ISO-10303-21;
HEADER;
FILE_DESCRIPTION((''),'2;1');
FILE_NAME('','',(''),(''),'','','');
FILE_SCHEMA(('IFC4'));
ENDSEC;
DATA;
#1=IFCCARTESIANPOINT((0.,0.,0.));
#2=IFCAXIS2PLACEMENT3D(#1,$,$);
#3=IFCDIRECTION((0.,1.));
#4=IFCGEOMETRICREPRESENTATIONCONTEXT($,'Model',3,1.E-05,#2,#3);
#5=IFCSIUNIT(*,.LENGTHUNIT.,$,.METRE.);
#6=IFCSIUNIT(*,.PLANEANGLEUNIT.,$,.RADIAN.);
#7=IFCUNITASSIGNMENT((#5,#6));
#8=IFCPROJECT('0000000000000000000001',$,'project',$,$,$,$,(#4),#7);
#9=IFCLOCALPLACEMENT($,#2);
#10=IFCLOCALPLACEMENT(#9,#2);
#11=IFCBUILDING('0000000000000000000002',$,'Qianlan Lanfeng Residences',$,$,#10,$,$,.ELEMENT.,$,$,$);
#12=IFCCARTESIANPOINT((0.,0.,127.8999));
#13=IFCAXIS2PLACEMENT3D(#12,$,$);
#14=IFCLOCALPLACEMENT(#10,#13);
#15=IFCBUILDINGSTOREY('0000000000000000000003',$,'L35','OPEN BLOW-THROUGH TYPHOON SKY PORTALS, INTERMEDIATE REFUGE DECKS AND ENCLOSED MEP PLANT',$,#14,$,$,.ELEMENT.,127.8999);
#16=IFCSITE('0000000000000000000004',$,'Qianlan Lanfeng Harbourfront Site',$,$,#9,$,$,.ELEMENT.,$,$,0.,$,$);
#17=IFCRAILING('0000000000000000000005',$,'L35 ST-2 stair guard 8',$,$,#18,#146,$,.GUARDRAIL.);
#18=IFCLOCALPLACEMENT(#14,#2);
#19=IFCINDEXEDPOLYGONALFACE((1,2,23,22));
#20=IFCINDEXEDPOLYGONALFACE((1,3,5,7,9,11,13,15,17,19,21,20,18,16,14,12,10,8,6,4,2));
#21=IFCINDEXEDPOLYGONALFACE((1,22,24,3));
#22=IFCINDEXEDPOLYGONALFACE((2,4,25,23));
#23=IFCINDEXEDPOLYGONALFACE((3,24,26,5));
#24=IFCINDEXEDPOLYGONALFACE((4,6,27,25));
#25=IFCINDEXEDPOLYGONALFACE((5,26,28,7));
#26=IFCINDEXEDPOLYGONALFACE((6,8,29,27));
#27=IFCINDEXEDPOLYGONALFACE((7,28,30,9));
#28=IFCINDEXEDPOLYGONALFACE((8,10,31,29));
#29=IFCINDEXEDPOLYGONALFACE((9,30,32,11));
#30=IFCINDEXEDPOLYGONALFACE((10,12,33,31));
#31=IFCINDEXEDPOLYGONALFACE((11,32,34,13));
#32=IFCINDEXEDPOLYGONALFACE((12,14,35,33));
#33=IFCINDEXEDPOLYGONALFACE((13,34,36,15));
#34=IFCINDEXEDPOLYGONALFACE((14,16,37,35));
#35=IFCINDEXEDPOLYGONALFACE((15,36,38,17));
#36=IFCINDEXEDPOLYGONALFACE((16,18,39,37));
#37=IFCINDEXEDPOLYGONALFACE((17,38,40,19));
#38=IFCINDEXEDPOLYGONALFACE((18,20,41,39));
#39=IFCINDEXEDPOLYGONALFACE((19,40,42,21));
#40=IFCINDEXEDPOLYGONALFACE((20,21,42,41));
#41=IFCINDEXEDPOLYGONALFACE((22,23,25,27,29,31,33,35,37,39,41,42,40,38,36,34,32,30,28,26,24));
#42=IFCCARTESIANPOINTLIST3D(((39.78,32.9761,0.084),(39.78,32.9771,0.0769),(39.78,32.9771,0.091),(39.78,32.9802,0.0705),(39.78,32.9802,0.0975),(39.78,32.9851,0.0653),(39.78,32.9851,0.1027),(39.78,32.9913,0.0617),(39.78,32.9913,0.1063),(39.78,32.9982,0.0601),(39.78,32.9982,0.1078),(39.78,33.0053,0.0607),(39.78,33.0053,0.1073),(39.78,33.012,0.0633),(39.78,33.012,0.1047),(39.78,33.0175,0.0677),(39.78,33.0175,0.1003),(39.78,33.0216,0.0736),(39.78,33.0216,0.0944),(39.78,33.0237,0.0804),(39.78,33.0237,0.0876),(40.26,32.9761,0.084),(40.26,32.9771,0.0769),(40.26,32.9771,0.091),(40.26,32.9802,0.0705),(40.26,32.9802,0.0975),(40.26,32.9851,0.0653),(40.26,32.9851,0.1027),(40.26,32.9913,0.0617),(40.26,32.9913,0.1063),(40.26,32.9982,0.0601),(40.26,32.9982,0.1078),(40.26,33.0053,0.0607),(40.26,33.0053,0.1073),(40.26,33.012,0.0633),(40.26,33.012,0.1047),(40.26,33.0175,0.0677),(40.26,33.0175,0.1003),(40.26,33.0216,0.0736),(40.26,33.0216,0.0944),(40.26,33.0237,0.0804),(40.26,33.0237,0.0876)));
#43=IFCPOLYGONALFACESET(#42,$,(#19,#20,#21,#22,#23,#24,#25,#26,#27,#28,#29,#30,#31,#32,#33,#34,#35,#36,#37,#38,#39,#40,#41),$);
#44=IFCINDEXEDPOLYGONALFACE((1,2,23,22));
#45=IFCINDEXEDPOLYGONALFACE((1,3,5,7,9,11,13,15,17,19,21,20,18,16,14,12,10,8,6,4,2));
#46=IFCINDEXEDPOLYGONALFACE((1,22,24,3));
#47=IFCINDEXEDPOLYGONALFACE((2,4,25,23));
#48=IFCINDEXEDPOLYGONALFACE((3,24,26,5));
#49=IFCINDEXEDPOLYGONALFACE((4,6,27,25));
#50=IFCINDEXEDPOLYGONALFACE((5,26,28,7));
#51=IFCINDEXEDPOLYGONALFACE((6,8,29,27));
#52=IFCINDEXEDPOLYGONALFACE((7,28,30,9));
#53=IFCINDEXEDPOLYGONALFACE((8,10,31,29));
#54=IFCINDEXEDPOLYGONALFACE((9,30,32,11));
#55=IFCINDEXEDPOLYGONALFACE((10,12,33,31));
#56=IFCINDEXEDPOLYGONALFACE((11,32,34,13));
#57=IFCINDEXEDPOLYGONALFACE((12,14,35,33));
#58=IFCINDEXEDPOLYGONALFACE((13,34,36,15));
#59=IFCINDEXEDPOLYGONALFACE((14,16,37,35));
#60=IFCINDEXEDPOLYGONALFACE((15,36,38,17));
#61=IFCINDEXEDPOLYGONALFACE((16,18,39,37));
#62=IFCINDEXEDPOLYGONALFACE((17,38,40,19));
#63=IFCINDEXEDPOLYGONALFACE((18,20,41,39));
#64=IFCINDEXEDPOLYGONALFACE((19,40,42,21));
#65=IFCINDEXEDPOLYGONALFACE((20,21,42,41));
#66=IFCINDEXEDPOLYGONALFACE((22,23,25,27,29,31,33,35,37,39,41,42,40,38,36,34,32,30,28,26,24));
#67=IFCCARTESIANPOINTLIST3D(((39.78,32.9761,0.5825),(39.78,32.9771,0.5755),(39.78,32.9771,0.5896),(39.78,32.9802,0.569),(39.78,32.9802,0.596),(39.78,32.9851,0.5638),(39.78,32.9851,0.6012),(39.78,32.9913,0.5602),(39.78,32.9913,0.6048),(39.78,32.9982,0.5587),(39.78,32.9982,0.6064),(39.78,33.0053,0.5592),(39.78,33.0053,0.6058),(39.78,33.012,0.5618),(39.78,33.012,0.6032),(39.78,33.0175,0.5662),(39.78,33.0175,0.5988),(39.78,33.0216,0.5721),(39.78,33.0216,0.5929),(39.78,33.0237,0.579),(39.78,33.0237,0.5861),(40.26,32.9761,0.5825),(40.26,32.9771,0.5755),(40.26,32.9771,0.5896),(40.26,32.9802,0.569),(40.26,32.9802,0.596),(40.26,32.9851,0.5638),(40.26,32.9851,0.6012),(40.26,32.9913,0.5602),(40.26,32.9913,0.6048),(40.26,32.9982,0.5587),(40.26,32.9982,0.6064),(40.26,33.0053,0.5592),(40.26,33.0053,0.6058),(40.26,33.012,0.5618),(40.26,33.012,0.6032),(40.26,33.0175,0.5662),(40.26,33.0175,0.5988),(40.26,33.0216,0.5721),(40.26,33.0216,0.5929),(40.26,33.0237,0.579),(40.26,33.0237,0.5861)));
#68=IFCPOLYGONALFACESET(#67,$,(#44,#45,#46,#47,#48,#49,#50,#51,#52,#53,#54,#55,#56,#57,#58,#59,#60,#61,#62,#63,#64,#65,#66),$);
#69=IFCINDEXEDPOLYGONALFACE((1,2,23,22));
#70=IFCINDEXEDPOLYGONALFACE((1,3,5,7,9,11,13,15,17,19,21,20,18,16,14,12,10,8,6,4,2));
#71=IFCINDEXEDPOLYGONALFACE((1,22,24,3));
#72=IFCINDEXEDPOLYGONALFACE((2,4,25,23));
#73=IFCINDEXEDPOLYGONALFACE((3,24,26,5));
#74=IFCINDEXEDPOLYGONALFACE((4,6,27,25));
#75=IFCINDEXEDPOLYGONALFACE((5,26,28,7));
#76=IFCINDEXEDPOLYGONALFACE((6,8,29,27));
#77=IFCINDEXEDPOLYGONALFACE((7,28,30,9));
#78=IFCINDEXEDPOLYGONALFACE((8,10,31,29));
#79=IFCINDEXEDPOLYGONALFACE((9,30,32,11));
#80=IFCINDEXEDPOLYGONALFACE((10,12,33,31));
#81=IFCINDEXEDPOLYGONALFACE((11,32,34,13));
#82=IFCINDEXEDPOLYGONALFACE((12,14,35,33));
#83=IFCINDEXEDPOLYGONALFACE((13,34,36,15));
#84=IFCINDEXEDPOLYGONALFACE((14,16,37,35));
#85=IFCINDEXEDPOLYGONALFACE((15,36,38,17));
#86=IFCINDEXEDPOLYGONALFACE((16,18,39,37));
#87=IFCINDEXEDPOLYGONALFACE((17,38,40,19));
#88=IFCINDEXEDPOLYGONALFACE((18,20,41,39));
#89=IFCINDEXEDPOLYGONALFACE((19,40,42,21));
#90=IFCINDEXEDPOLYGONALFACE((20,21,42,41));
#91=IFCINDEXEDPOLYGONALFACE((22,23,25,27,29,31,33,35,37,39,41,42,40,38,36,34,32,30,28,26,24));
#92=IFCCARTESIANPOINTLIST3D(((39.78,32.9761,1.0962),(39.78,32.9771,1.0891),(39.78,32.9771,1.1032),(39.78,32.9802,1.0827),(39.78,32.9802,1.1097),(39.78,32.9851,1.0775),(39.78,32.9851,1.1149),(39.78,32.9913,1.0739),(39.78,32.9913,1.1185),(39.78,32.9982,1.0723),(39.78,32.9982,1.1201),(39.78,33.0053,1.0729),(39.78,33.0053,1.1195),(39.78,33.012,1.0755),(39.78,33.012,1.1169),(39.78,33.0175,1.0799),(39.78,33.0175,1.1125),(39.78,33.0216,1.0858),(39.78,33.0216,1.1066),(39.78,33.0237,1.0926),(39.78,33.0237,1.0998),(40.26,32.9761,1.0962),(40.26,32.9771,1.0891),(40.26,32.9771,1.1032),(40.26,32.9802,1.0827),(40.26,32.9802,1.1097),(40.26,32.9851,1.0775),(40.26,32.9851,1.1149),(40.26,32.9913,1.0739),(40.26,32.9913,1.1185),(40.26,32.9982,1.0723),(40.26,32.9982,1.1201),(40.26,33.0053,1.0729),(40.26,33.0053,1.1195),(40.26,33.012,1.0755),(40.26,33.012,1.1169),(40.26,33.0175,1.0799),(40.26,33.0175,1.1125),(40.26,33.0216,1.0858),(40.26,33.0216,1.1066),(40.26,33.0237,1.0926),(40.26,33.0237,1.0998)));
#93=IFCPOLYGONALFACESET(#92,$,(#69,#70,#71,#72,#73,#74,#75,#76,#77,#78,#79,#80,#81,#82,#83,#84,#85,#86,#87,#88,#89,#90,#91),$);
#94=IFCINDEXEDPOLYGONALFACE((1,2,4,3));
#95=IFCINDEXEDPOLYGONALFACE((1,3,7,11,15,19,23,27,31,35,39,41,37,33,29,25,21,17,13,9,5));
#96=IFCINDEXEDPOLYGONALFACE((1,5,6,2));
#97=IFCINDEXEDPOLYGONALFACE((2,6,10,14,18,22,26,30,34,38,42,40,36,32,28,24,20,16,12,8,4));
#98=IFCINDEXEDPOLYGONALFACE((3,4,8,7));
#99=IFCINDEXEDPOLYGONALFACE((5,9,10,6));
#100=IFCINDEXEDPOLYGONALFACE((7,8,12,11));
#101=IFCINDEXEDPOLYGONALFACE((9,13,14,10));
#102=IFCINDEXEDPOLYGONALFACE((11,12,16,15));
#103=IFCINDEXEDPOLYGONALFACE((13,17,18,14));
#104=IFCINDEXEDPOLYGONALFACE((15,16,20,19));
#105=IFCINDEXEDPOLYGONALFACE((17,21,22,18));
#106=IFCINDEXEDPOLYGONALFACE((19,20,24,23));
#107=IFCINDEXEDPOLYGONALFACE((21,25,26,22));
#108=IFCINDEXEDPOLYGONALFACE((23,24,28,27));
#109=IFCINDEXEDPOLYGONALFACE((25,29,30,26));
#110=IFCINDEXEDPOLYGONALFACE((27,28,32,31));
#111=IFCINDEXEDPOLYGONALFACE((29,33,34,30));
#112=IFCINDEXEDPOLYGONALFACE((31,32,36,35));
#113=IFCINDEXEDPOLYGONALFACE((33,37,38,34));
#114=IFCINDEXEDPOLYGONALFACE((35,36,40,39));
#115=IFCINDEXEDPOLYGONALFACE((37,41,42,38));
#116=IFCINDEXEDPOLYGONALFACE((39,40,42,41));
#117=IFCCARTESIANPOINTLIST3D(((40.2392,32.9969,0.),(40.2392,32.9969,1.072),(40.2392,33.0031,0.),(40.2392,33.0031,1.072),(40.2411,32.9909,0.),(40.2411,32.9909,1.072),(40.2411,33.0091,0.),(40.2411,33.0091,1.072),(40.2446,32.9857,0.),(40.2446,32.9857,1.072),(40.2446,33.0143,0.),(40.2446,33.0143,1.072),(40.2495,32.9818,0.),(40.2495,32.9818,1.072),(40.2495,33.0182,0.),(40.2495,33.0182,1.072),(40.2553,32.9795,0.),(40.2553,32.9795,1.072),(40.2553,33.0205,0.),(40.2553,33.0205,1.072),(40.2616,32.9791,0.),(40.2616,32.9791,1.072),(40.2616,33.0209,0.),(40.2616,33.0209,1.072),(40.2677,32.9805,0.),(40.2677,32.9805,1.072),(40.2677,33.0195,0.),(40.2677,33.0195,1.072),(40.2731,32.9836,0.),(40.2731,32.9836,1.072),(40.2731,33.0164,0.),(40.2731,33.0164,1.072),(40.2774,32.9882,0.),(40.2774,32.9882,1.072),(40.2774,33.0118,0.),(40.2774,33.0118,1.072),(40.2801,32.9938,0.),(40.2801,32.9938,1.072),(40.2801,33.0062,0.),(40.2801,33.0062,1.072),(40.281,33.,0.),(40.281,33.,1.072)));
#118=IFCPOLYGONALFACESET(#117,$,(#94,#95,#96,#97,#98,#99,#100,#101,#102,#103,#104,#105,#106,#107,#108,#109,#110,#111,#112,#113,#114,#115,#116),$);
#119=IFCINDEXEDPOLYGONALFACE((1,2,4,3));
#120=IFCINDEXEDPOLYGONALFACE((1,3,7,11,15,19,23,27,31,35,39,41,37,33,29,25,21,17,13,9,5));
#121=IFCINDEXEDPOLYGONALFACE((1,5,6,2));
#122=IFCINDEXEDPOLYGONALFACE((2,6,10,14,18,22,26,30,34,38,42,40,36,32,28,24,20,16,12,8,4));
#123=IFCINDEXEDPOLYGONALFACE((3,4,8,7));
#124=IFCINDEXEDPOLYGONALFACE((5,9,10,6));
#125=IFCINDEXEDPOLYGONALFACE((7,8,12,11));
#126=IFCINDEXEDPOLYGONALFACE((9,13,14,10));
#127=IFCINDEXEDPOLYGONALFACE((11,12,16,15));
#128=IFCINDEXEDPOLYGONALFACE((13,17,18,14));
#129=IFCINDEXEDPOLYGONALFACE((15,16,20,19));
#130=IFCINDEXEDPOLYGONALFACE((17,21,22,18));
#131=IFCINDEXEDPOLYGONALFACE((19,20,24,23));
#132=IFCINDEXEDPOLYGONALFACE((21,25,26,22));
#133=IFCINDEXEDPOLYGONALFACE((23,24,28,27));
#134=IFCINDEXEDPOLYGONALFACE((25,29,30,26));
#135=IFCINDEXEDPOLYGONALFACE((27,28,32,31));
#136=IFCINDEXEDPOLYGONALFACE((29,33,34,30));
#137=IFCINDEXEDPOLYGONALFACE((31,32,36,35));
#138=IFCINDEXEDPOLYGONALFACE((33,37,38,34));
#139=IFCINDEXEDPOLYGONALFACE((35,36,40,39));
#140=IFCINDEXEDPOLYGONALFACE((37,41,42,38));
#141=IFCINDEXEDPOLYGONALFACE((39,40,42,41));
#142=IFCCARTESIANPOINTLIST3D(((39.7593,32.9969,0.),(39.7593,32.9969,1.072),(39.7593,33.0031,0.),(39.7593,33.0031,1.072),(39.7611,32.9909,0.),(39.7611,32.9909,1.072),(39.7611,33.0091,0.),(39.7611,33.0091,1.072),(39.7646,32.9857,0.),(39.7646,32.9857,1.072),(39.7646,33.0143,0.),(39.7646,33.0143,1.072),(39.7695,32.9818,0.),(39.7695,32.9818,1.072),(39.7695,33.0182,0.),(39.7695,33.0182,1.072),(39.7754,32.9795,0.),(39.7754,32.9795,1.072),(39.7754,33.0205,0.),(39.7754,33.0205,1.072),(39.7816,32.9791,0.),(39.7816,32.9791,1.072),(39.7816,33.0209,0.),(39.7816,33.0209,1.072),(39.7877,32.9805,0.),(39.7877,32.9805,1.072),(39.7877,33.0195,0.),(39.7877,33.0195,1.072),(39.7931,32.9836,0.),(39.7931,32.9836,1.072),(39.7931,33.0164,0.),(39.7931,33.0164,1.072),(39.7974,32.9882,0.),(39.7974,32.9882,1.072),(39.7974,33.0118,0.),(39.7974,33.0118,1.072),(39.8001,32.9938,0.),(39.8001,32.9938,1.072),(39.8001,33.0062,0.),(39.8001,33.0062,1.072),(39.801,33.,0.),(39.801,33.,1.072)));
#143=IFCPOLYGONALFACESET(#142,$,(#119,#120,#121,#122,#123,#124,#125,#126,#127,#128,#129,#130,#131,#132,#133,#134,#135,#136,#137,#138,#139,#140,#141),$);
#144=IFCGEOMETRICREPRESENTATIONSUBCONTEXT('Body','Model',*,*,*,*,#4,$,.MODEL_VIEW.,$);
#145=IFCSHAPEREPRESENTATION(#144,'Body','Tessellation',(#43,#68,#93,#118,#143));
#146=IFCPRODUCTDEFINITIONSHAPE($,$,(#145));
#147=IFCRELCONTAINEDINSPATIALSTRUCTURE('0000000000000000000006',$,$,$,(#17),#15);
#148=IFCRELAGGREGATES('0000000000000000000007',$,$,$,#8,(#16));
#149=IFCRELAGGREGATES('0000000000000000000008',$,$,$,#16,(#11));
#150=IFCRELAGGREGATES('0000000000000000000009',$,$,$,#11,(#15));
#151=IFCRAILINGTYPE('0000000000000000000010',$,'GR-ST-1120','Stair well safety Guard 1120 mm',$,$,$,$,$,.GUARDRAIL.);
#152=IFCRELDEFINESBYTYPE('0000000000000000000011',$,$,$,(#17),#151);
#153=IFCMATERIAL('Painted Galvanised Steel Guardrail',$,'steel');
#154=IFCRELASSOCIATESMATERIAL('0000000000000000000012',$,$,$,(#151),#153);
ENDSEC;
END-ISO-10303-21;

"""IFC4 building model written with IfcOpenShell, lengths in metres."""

from ifc_helpers import new_model, si_unit, direction, frame, origin, origin_2d, place, context, subcontext, project, spatial, circle, extrude, material, type_object, element, save


model = new_model("IFC4")

# Units and contexts
model_context = context("Model", 3, precision=1e-05, world=origin(), true_north=direction((0.0, 1.0)))
body_context = subcontext(model_context, "Body", "Model", "MODEL_VIEW")
ifc_project = project(units=[si_unit("LENGTHUNIT", "METRE"), si_unit("PLANEANGLEUNIT", "RADIAN")], contexts=[model_context])

# Site, building, storey
site_placement = place(None, origin())
site = spatial("IfcSite", under=ifc_project, at=site_placement, Name="Qianlan Lanfeng Harbourfront Site", CompositionType="ELEMENT", RefElevation=0.0)
building_placement = place(site_placement, origin())
building = spatial("IfcBuilding", under=site, at=building_placement, Name="Qianlan Lanfeng Residences", CompositionType="ELEMENT")
storey_placement = place(building_placement, frame((0.0, 0.0, 127.8999)))
storey = spatial("IfcBuildingStorey", under=building, at=storey_placement, Name="L35", Description="OPEN BLOW-THROUGH TYPHOON SKY PORTALS, INTERMEDIATE REFUGE DECKS AND ENCLOSED MEP PLANT", CompositionType="ELEMENT", Elevation=127.8999)

# Railing
ifc_material_1 = material(Name="Painted Galvanised Steel Guardrail", Category="steel")
railing_type_1 = type_object("IfcRailingType", Name="GR-ST-1120", Description="Stair well safety Guard 1120 mm", PredefinedType="GUARDRAIL", material=ifc_material_1)
railing_1_placement = place(storey_placement, frame((40.26, 33.0, 0.0)))
element("IfcRailing", 1, at=railing_1_placement, inside=storey, type_object=railing_type_1, Name="L35 ST-2 stair guard 8", PredefinedType="GUARDRAIL", context=body_context, shape_type="SweptSolid", body=[
    extrude(circle(Radius=0.0239, at=origin_2d()), frame((0.0, 0.0, 0.084), z_axis=(-1.0, 0.0, 0.0), x_axis=(0.0, -1.0, 0.0)), (0.0, 0.0, 1.0), 0.48),
    extrude(circle(Radius=0.0239, at=origin_2d()), frame((0.0, 0.0, 0.5825), z_axis=(-1.0, 0.0, 0.0), x_axis=(0.0, -1.0, 0.0)), (0.0, 0.0, 1.0), 0.48),
    extrude(circle(Radius=0.0239, at=origin_2d()), frame((0.0, 0.0, 1.0962), z_axis=(-1.0, 0.0, 0.0), x_axis=(0.0, -1.0, 0.0)), (0.0, 0.0, 1.0), 0.48),
    extrude(circle(Radius=0.021, at=origin_2d()), origin(), (0.0, 0.0, 1.0), 1.072),
    extrude(circle(Radius=0.021, at=origin_2d()), frame((-0.48, 0.0, 0.0)), (0.0, 0.0, 1.0), 1.072),
])

save(model, "model.ifc")
